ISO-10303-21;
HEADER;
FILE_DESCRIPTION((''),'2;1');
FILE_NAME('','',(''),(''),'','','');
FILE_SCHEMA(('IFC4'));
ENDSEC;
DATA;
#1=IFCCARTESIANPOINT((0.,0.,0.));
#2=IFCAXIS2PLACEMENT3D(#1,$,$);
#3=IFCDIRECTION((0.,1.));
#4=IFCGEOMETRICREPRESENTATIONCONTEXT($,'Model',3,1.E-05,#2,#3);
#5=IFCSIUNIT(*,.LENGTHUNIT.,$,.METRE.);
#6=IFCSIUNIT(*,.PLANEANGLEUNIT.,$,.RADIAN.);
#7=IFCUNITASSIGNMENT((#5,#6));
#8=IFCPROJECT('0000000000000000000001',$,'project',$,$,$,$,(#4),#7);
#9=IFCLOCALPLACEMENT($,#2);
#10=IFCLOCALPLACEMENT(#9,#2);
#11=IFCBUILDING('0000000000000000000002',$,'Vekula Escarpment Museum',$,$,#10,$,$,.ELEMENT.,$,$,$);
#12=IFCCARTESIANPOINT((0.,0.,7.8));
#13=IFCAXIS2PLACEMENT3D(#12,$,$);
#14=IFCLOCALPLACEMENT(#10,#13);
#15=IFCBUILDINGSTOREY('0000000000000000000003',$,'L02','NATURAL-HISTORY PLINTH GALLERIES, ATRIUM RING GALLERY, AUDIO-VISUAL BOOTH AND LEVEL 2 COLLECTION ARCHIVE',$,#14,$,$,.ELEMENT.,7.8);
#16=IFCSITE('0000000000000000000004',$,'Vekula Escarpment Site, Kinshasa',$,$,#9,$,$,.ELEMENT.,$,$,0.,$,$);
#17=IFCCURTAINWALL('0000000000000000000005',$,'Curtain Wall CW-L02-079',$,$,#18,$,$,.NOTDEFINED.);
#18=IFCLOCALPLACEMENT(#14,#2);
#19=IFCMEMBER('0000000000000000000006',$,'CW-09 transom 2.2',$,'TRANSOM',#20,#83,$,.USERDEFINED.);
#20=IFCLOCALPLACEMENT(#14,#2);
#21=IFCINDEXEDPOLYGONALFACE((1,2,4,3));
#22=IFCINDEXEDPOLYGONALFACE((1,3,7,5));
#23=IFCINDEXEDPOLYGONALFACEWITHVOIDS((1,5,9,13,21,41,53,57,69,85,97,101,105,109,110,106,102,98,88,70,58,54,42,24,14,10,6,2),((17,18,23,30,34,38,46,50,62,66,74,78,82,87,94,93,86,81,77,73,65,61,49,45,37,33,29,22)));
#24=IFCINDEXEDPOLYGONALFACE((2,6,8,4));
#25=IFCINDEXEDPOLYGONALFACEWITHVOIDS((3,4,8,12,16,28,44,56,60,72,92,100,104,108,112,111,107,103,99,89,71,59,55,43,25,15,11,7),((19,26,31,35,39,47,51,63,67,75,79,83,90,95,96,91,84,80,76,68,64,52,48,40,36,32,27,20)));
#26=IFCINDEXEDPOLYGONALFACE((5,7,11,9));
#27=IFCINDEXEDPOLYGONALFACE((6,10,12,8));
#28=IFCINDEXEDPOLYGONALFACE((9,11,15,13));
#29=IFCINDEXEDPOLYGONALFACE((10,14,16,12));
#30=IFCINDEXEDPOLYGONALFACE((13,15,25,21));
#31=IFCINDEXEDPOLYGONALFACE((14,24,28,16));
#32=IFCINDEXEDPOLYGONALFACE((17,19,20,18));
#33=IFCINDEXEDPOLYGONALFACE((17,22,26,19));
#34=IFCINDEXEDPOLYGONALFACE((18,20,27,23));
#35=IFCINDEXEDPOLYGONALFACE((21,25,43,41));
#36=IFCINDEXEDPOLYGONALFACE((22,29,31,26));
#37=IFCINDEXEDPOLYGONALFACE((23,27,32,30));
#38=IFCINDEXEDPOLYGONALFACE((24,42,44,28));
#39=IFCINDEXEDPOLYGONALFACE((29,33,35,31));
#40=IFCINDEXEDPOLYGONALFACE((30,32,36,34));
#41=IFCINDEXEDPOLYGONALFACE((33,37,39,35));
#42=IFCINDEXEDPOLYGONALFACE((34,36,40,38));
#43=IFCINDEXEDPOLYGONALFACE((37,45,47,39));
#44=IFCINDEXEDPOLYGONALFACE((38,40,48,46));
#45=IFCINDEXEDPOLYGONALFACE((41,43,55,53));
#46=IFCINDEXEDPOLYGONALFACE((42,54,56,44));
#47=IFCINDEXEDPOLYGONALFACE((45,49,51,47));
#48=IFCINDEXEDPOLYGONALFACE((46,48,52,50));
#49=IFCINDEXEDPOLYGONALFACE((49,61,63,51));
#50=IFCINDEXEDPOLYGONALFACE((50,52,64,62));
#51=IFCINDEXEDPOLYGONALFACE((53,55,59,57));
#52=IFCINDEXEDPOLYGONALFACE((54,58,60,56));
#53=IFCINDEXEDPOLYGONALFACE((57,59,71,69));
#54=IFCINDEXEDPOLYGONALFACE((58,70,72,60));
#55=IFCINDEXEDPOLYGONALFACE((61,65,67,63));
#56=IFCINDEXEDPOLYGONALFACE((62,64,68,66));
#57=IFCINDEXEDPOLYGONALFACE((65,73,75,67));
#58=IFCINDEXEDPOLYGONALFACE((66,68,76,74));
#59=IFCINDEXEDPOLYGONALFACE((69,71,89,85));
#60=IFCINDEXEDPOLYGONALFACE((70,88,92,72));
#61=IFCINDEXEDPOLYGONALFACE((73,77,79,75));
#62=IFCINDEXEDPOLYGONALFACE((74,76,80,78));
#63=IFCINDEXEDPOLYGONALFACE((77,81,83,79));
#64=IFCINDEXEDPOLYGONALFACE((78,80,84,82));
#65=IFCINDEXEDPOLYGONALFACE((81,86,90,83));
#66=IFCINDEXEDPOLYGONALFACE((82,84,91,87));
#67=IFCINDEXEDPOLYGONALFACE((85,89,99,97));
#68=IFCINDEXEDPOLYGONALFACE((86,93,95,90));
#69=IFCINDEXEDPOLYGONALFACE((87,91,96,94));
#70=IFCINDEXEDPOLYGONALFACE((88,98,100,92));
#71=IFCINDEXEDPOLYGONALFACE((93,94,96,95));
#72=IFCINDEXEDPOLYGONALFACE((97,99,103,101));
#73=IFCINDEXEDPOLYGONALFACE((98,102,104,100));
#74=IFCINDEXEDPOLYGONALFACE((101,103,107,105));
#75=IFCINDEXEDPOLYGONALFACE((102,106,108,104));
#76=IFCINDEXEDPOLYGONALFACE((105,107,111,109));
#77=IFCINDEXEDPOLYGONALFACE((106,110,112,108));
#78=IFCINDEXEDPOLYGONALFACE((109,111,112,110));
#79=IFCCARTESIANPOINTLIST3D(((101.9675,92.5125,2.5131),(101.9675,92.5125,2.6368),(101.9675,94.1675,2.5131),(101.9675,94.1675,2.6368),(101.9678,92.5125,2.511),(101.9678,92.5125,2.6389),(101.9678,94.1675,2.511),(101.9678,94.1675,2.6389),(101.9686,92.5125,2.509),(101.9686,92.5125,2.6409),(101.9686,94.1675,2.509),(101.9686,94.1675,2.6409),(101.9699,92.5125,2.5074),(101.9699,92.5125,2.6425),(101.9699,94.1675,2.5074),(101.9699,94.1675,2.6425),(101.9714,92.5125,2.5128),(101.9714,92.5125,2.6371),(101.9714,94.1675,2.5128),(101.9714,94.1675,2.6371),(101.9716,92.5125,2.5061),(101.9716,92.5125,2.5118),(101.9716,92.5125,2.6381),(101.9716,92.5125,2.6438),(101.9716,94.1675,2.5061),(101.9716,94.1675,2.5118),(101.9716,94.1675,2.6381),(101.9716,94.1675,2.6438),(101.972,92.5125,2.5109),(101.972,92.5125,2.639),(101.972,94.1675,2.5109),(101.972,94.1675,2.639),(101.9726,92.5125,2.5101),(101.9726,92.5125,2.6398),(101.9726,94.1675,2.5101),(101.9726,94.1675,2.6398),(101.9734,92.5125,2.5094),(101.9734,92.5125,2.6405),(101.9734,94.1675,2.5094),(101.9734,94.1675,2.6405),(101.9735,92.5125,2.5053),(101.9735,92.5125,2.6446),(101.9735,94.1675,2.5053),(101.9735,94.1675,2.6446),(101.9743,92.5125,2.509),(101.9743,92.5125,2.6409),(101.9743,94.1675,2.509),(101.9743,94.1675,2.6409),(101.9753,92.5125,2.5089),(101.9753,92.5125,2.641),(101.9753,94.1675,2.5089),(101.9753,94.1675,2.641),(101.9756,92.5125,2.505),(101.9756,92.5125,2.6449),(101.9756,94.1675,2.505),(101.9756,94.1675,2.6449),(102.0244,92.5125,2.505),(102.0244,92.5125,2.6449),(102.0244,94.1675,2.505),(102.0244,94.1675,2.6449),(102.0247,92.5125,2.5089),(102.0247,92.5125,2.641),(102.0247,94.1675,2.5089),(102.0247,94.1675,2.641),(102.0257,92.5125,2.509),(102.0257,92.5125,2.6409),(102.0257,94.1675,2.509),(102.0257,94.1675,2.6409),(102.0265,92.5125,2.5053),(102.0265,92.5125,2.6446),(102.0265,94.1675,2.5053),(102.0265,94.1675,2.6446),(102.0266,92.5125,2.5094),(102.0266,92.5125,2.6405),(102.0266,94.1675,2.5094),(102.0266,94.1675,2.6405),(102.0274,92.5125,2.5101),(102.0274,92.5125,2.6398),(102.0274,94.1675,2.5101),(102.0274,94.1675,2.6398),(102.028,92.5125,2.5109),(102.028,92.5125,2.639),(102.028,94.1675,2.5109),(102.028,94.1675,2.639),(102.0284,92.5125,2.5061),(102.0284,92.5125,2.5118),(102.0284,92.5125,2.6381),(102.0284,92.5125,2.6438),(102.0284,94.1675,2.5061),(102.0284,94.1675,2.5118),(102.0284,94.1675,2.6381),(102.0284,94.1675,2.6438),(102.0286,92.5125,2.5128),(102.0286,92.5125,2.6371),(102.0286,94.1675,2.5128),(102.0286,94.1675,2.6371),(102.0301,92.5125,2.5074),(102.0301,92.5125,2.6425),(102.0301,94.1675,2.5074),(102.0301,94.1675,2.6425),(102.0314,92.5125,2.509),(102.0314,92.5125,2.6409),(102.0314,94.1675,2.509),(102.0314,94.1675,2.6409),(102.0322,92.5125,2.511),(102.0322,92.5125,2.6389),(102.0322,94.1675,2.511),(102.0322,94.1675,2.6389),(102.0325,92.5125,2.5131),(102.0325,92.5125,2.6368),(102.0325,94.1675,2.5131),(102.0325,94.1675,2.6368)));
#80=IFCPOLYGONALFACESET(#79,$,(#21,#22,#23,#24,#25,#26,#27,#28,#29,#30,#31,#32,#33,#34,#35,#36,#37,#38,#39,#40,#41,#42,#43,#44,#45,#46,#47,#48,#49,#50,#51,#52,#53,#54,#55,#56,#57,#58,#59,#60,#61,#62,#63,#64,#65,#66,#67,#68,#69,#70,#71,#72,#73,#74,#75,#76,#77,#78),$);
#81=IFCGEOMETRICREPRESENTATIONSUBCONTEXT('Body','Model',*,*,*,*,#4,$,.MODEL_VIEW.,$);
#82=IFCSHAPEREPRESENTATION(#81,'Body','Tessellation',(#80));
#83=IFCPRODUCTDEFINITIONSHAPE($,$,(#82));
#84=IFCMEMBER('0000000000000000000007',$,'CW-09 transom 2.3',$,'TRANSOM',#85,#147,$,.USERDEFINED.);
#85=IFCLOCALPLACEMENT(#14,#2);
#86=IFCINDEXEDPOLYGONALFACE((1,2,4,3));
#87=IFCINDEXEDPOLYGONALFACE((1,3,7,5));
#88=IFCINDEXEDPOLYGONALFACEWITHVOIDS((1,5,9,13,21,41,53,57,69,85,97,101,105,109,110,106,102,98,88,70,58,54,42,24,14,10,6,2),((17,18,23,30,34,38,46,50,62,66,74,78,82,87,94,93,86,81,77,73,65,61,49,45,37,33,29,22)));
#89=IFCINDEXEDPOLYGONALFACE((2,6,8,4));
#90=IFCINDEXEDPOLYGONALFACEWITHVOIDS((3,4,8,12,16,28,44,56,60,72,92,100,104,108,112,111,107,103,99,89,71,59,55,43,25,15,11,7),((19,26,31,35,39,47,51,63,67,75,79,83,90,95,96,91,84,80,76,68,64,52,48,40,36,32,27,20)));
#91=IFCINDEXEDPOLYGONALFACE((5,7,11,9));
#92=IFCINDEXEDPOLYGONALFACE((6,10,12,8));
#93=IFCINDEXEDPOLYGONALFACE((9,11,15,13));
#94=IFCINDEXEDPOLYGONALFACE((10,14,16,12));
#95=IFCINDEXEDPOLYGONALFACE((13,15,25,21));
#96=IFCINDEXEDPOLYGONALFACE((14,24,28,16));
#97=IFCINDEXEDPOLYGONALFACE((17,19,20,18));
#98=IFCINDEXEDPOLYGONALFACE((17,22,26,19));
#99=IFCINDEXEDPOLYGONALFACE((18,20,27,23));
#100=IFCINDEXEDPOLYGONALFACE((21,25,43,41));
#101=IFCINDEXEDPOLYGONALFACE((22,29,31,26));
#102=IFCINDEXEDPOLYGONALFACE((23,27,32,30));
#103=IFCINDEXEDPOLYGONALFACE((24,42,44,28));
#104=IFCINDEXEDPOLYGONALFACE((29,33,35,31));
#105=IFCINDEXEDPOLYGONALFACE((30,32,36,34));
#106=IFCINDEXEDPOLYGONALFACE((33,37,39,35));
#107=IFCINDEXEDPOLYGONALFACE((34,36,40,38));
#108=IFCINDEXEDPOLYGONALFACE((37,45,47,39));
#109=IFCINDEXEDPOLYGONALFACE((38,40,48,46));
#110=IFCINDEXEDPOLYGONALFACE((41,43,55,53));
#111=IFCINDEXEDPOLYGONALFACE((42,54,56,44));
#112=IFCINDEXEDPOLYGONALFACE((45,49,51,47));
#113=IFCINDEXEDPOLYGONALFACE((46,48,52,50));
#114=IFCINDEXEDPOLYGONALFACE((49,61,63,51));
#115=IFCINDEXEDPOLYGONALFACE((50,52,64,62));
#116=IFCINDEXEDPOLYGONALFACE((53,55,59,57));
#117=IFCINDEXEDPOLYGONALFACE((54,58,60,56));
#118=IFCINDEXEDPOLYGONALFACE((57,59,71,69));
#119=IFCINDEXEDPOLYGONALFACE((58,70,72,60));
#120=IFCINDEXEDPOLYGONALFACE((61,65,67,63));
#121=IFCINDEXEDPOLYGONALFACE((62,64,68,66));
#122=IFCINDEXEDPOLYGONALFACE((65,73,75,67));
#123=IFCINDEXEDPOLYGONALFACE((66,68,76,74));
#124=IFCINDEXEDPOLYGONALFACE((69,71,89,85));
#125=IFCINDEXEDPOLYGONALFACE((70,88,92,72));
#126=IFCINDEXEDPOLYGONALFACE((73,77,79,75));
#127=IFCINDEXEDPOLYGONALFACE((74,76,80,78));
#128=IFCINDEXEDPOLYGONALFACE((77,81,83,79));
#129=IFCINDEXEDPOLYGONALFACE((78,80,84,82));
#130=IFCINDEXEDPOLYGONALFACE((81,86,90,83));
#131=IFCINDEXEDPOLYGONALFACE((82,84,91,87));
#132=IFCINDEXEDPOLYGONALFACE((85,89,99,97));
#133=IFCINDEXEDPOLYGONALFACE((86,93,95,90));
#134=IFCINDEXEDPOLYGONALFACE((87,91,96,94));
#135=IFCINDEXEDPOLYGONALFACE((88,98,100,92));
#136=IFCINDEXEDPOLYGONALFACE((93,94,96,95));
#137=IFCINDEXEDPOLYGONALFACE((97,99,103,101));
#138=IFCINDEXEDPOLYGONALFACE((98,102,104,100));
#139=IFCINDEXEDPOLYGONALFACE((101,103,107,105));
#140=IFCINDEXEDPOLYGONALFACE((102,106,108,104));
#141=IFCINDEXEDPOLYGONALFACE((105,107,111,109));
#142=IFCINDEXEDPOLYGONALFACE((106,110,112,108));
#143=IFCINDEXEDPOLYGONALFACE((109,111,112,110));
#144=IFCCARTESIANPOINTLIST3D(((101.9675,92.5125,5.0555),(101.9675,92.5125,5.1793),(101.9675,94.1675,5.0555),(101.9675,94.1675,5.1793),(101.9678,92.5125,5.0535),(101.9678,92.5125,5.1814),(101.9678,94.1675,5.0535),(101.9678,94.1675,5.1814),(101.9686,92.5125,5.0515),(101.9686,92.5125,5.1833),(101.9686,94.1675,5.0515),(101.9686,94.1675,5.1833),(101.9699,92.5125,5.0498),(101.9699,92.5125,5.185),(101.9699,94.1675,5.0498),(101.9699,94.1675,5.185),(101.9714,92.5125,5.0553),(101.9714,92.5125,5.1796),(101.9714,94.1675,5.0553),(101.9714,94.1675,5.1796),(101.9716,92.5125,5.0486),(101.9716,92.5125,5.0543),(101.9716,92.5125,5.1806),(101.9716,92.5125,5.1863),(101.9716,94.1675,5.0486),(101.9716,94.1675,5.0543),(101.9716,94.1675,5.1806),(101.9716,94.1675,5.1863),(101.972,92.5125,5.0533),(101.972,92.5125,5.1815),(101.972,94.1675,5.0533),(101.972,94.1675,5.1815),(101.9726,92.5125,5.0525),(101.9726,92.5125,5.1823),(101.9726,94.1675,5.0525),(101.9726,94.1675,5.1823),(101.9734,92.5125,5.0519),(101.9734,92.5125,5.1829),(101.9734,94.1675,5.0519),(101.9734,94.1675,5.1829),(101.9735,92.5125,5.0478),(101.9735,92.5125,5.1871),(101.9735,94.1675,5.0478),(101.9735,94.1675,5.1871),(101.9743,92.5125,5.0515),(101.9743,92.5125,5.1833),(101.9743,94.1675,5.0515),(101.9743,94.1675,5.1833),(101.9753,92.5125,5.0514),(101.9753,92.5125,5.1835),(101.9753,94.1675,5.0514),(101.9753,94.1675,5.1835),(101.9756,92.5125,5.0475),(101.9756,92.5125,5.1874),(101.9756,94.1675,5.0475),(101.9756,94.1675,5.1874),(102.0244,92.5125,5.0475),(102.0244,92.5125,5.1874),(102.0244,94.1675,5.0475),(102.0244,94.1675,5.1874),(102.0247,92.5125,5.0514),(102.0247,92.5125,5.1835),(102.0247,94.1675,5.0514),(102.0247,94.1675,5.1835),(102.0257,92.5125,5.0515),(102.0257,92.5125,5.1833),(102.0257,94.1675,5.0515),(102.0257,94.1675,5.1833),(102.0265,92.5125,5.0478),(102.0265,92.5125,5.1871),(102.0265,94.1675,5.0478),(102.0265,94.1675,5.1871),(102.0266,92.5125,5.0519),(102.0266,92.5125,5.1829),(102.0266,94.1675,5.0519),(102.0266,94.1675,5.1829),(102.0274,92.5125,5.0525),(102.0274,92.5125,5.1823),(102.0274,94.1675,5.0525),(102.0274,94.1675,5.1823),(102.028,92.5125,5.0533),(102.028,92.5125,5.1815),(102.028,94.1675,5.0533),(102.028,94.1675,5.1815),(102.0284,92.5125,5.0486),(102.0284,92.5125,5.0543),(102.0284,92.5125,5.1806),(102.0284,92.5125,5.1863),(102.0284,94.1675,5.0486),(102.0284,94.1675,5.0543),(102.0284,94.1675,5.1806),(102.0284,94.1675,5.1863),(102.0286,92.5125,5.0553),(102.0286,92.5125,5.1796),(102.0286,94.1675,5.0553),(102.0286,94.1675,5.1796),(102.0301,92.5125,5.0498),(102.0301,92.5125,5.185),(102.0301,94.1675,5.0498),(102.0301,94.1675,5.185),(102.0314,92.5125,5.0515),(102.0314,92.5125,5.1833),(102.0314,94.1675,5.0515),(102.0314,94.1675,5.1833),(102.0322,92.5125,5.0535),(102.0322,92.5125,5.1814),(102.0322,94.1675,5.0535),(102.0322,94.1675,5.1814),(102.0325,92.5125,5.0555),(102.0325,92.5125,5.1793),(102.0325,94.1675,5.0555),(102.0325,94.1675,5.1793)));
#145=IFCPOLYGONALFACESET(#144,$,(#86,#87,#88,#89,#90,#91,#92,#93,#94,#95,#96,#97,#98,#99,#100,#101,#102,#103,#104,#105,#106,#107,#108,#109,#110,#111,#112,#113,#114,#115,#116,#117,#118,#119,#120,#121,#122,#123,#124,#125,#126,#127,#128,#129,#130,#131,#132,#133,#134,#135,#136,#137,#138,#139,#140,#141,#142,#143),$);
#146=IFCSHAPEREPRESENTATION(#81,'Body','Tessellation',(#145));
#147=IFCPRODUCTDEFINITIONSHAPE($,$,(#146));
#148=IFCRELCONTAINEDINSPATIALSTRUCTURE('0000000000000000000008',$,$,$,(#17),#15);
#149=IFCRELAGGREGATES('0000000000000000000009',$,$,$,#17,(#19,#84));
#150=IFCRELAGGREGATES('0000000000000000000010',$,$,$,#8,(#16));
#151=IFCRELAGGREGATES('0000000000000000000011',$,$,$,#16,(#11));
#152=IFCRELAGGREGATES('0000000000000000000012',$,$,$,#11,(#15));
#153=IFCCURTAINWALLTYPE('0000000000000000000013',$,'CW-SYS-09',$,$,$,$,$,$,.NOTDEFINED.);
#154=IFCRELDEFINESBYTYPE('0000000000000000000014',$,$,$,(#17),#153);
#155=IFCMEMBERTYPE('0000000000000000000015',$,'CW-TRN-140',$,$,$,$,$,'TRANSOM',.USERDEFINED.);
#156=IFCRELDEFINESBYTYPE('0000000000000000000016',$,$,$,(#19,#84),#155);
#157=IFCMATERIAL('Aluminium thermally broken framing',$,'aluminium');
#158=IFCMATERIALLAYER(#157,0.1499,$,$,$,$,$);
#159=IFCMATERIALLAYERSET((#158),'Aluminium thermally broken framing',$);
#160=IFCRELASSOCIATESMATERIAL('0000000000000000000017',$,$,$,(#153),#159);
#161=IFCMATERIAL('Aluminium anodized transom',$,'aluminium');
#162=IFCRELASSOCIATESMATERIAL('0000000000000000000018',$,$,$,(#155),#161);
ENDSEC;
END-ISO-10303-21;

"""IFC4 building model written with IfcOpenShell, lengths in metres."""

from ifc_helpers import new_model, si_unit, direction, frame, origin, origin_2d, place, context, subcontext, project, spatial, hollow_rectangle, extrude, material, layer, layer_set, material_profile, profile_set, type_object, element, aggregate, save


model = new_model("IFC4")

# Units and contexts
model_context = context("Model", 3, precision=1e-05, world=origin(), true_north=direction((0.0, 1.0)))
body_context = subcontext(model_context, "Body", "Model", "MODEL_VIEW")
ifc_project = project(units=[si_unit("LENGTHUNIT", "METRE"), si_unit("PLANEANGLEUNIT", "RADIAN")], contexts=[model_context])

# Site, building, storey
site_placement = place(None, origin())
site = spatial("IfcSite", under=ifc_project, at=site_placement, Name="Vekula Escarpment Site, Kinshasa", CompositionType="ELEMENT", RefElevation=0.0)
building_placement = place(site_placement, origin())
building = spatial("IfcBuilding", under=site, at=building_placement, Name="Vekula Escarpment Museum", CompositionType="ELEMENT")
storey_placement = place(building_placement, frame((0.0, 0.0, 7.8)))
storey = spatial("IfcBuildingStorey", under=building, at=storey_placement, Name="L02", Description="NATURAL-HISTORY PLINTH GALLERIES, ATRIUM RING GALLERY, AUDIO-VISUAL BOOTH AND LEVEL 2 COLLECTION ARCHIVE", CompositionType="ELEMENT", Elevation=7.8)

# Curtain wall
ifc_material_1 = material(Name="Aluminium thermally broken framing", Category="aluminium")
ifc_layer_1 = layer(ifc_material_1, 0.1499)
ifc_layer_set_1 = layer_set([ifc_layer_1], Name="Aluminium thermally broken framing")
curtain_wall_type_1 = type_object("IfcCurtainWallType", Name="CW-SYS-09", PredefinedType="NOTDEFINED", material=ifc_layer_set_1)
curtain_wall_1_placement = place(storey_placement, origin())
curtain_wall_1 = element("IfcCurtainWall", 1, at=curtain_wall_1_placement, inside=storey, type_object=curtain_wall_type_1, Name="Curtain Wall CW-L02-079", PredefinedType="NOTDEFINED")

# Members
ifc_material_2 = material(Name="Aluminium anodized transom", Category="aluminium")
ifc_material_profile_1 = material_profile(ifc_material_2, hollow_rectangle(XDim=0.0649, YDim=0.1399, WallThickness=0.0039, InnerFilletRadius=0.0039, OuterFilletRadius=0.0081, at=origin_2d()), Name="ALU 140x65x4")
ifc_profile_set_1 = profile_set([ifc_material_profile_1], Name="Aluminium anodized transom")
member_type_1 = type_object("IfcMemberType", Name="CW-TRN-140", ElementType="TRANSOM", PredefinedType="USERDEFINED", material=ifc_profile_set_1)
member_1_placement = place(storey_placement, frame((102.0, 92.5125, 2.575), z_axis=(0.0, 1.0, 0.0), x_axis=(-1.0, 0.0, 0.0)))
member_1 = element("IfcMember", 2, at=member_1_placement, type_object=member_type_1, Name="CW-09 transom 2.2", ObjectType="TRANSOM", PredefinedType="USERDEFINED", context=body_context, shape_type="SweptSolid", body=[
    extrude(hollow_rectangle(XDim=0.0649, YDim=0.1399, WallThickness=0.0039, InnerFilletRadius=0.0039, OuterFilletRadius=0.0081, at=origin_2d()), origin(), (0.0, 0.0, 1.0), 1.655),
])
member_2_placement = place(storey_placement, frame((102.0, 92.5125, 5.1174), z_axis=(0.0, 1.0, 0.0), x_axis=(-1.0, 0.0, 0.0)))
member_2 = element("IfcMember", 3, at=member_2_placement, type_object=member_type_1, Name="CW-09 transom 2.3", ObjectType="TRANSOM", PredefinedType="USERDEFINED", context=body_context, shape_type="SweptSolid", body=[
    extrude(hollow_rectangle(XDim=0.0649, YDim=0.1399, WallThickness=0.0039, InnerFilletRadius=0.0039, OuterFilletRadius=0.0081, at=origin_2d()), origin(), (0.0, 0.0, 1.0), 1.655),
])

aggregate(curtain_wall_1, [member_1, member_2])

save(model, "model.ifc")
